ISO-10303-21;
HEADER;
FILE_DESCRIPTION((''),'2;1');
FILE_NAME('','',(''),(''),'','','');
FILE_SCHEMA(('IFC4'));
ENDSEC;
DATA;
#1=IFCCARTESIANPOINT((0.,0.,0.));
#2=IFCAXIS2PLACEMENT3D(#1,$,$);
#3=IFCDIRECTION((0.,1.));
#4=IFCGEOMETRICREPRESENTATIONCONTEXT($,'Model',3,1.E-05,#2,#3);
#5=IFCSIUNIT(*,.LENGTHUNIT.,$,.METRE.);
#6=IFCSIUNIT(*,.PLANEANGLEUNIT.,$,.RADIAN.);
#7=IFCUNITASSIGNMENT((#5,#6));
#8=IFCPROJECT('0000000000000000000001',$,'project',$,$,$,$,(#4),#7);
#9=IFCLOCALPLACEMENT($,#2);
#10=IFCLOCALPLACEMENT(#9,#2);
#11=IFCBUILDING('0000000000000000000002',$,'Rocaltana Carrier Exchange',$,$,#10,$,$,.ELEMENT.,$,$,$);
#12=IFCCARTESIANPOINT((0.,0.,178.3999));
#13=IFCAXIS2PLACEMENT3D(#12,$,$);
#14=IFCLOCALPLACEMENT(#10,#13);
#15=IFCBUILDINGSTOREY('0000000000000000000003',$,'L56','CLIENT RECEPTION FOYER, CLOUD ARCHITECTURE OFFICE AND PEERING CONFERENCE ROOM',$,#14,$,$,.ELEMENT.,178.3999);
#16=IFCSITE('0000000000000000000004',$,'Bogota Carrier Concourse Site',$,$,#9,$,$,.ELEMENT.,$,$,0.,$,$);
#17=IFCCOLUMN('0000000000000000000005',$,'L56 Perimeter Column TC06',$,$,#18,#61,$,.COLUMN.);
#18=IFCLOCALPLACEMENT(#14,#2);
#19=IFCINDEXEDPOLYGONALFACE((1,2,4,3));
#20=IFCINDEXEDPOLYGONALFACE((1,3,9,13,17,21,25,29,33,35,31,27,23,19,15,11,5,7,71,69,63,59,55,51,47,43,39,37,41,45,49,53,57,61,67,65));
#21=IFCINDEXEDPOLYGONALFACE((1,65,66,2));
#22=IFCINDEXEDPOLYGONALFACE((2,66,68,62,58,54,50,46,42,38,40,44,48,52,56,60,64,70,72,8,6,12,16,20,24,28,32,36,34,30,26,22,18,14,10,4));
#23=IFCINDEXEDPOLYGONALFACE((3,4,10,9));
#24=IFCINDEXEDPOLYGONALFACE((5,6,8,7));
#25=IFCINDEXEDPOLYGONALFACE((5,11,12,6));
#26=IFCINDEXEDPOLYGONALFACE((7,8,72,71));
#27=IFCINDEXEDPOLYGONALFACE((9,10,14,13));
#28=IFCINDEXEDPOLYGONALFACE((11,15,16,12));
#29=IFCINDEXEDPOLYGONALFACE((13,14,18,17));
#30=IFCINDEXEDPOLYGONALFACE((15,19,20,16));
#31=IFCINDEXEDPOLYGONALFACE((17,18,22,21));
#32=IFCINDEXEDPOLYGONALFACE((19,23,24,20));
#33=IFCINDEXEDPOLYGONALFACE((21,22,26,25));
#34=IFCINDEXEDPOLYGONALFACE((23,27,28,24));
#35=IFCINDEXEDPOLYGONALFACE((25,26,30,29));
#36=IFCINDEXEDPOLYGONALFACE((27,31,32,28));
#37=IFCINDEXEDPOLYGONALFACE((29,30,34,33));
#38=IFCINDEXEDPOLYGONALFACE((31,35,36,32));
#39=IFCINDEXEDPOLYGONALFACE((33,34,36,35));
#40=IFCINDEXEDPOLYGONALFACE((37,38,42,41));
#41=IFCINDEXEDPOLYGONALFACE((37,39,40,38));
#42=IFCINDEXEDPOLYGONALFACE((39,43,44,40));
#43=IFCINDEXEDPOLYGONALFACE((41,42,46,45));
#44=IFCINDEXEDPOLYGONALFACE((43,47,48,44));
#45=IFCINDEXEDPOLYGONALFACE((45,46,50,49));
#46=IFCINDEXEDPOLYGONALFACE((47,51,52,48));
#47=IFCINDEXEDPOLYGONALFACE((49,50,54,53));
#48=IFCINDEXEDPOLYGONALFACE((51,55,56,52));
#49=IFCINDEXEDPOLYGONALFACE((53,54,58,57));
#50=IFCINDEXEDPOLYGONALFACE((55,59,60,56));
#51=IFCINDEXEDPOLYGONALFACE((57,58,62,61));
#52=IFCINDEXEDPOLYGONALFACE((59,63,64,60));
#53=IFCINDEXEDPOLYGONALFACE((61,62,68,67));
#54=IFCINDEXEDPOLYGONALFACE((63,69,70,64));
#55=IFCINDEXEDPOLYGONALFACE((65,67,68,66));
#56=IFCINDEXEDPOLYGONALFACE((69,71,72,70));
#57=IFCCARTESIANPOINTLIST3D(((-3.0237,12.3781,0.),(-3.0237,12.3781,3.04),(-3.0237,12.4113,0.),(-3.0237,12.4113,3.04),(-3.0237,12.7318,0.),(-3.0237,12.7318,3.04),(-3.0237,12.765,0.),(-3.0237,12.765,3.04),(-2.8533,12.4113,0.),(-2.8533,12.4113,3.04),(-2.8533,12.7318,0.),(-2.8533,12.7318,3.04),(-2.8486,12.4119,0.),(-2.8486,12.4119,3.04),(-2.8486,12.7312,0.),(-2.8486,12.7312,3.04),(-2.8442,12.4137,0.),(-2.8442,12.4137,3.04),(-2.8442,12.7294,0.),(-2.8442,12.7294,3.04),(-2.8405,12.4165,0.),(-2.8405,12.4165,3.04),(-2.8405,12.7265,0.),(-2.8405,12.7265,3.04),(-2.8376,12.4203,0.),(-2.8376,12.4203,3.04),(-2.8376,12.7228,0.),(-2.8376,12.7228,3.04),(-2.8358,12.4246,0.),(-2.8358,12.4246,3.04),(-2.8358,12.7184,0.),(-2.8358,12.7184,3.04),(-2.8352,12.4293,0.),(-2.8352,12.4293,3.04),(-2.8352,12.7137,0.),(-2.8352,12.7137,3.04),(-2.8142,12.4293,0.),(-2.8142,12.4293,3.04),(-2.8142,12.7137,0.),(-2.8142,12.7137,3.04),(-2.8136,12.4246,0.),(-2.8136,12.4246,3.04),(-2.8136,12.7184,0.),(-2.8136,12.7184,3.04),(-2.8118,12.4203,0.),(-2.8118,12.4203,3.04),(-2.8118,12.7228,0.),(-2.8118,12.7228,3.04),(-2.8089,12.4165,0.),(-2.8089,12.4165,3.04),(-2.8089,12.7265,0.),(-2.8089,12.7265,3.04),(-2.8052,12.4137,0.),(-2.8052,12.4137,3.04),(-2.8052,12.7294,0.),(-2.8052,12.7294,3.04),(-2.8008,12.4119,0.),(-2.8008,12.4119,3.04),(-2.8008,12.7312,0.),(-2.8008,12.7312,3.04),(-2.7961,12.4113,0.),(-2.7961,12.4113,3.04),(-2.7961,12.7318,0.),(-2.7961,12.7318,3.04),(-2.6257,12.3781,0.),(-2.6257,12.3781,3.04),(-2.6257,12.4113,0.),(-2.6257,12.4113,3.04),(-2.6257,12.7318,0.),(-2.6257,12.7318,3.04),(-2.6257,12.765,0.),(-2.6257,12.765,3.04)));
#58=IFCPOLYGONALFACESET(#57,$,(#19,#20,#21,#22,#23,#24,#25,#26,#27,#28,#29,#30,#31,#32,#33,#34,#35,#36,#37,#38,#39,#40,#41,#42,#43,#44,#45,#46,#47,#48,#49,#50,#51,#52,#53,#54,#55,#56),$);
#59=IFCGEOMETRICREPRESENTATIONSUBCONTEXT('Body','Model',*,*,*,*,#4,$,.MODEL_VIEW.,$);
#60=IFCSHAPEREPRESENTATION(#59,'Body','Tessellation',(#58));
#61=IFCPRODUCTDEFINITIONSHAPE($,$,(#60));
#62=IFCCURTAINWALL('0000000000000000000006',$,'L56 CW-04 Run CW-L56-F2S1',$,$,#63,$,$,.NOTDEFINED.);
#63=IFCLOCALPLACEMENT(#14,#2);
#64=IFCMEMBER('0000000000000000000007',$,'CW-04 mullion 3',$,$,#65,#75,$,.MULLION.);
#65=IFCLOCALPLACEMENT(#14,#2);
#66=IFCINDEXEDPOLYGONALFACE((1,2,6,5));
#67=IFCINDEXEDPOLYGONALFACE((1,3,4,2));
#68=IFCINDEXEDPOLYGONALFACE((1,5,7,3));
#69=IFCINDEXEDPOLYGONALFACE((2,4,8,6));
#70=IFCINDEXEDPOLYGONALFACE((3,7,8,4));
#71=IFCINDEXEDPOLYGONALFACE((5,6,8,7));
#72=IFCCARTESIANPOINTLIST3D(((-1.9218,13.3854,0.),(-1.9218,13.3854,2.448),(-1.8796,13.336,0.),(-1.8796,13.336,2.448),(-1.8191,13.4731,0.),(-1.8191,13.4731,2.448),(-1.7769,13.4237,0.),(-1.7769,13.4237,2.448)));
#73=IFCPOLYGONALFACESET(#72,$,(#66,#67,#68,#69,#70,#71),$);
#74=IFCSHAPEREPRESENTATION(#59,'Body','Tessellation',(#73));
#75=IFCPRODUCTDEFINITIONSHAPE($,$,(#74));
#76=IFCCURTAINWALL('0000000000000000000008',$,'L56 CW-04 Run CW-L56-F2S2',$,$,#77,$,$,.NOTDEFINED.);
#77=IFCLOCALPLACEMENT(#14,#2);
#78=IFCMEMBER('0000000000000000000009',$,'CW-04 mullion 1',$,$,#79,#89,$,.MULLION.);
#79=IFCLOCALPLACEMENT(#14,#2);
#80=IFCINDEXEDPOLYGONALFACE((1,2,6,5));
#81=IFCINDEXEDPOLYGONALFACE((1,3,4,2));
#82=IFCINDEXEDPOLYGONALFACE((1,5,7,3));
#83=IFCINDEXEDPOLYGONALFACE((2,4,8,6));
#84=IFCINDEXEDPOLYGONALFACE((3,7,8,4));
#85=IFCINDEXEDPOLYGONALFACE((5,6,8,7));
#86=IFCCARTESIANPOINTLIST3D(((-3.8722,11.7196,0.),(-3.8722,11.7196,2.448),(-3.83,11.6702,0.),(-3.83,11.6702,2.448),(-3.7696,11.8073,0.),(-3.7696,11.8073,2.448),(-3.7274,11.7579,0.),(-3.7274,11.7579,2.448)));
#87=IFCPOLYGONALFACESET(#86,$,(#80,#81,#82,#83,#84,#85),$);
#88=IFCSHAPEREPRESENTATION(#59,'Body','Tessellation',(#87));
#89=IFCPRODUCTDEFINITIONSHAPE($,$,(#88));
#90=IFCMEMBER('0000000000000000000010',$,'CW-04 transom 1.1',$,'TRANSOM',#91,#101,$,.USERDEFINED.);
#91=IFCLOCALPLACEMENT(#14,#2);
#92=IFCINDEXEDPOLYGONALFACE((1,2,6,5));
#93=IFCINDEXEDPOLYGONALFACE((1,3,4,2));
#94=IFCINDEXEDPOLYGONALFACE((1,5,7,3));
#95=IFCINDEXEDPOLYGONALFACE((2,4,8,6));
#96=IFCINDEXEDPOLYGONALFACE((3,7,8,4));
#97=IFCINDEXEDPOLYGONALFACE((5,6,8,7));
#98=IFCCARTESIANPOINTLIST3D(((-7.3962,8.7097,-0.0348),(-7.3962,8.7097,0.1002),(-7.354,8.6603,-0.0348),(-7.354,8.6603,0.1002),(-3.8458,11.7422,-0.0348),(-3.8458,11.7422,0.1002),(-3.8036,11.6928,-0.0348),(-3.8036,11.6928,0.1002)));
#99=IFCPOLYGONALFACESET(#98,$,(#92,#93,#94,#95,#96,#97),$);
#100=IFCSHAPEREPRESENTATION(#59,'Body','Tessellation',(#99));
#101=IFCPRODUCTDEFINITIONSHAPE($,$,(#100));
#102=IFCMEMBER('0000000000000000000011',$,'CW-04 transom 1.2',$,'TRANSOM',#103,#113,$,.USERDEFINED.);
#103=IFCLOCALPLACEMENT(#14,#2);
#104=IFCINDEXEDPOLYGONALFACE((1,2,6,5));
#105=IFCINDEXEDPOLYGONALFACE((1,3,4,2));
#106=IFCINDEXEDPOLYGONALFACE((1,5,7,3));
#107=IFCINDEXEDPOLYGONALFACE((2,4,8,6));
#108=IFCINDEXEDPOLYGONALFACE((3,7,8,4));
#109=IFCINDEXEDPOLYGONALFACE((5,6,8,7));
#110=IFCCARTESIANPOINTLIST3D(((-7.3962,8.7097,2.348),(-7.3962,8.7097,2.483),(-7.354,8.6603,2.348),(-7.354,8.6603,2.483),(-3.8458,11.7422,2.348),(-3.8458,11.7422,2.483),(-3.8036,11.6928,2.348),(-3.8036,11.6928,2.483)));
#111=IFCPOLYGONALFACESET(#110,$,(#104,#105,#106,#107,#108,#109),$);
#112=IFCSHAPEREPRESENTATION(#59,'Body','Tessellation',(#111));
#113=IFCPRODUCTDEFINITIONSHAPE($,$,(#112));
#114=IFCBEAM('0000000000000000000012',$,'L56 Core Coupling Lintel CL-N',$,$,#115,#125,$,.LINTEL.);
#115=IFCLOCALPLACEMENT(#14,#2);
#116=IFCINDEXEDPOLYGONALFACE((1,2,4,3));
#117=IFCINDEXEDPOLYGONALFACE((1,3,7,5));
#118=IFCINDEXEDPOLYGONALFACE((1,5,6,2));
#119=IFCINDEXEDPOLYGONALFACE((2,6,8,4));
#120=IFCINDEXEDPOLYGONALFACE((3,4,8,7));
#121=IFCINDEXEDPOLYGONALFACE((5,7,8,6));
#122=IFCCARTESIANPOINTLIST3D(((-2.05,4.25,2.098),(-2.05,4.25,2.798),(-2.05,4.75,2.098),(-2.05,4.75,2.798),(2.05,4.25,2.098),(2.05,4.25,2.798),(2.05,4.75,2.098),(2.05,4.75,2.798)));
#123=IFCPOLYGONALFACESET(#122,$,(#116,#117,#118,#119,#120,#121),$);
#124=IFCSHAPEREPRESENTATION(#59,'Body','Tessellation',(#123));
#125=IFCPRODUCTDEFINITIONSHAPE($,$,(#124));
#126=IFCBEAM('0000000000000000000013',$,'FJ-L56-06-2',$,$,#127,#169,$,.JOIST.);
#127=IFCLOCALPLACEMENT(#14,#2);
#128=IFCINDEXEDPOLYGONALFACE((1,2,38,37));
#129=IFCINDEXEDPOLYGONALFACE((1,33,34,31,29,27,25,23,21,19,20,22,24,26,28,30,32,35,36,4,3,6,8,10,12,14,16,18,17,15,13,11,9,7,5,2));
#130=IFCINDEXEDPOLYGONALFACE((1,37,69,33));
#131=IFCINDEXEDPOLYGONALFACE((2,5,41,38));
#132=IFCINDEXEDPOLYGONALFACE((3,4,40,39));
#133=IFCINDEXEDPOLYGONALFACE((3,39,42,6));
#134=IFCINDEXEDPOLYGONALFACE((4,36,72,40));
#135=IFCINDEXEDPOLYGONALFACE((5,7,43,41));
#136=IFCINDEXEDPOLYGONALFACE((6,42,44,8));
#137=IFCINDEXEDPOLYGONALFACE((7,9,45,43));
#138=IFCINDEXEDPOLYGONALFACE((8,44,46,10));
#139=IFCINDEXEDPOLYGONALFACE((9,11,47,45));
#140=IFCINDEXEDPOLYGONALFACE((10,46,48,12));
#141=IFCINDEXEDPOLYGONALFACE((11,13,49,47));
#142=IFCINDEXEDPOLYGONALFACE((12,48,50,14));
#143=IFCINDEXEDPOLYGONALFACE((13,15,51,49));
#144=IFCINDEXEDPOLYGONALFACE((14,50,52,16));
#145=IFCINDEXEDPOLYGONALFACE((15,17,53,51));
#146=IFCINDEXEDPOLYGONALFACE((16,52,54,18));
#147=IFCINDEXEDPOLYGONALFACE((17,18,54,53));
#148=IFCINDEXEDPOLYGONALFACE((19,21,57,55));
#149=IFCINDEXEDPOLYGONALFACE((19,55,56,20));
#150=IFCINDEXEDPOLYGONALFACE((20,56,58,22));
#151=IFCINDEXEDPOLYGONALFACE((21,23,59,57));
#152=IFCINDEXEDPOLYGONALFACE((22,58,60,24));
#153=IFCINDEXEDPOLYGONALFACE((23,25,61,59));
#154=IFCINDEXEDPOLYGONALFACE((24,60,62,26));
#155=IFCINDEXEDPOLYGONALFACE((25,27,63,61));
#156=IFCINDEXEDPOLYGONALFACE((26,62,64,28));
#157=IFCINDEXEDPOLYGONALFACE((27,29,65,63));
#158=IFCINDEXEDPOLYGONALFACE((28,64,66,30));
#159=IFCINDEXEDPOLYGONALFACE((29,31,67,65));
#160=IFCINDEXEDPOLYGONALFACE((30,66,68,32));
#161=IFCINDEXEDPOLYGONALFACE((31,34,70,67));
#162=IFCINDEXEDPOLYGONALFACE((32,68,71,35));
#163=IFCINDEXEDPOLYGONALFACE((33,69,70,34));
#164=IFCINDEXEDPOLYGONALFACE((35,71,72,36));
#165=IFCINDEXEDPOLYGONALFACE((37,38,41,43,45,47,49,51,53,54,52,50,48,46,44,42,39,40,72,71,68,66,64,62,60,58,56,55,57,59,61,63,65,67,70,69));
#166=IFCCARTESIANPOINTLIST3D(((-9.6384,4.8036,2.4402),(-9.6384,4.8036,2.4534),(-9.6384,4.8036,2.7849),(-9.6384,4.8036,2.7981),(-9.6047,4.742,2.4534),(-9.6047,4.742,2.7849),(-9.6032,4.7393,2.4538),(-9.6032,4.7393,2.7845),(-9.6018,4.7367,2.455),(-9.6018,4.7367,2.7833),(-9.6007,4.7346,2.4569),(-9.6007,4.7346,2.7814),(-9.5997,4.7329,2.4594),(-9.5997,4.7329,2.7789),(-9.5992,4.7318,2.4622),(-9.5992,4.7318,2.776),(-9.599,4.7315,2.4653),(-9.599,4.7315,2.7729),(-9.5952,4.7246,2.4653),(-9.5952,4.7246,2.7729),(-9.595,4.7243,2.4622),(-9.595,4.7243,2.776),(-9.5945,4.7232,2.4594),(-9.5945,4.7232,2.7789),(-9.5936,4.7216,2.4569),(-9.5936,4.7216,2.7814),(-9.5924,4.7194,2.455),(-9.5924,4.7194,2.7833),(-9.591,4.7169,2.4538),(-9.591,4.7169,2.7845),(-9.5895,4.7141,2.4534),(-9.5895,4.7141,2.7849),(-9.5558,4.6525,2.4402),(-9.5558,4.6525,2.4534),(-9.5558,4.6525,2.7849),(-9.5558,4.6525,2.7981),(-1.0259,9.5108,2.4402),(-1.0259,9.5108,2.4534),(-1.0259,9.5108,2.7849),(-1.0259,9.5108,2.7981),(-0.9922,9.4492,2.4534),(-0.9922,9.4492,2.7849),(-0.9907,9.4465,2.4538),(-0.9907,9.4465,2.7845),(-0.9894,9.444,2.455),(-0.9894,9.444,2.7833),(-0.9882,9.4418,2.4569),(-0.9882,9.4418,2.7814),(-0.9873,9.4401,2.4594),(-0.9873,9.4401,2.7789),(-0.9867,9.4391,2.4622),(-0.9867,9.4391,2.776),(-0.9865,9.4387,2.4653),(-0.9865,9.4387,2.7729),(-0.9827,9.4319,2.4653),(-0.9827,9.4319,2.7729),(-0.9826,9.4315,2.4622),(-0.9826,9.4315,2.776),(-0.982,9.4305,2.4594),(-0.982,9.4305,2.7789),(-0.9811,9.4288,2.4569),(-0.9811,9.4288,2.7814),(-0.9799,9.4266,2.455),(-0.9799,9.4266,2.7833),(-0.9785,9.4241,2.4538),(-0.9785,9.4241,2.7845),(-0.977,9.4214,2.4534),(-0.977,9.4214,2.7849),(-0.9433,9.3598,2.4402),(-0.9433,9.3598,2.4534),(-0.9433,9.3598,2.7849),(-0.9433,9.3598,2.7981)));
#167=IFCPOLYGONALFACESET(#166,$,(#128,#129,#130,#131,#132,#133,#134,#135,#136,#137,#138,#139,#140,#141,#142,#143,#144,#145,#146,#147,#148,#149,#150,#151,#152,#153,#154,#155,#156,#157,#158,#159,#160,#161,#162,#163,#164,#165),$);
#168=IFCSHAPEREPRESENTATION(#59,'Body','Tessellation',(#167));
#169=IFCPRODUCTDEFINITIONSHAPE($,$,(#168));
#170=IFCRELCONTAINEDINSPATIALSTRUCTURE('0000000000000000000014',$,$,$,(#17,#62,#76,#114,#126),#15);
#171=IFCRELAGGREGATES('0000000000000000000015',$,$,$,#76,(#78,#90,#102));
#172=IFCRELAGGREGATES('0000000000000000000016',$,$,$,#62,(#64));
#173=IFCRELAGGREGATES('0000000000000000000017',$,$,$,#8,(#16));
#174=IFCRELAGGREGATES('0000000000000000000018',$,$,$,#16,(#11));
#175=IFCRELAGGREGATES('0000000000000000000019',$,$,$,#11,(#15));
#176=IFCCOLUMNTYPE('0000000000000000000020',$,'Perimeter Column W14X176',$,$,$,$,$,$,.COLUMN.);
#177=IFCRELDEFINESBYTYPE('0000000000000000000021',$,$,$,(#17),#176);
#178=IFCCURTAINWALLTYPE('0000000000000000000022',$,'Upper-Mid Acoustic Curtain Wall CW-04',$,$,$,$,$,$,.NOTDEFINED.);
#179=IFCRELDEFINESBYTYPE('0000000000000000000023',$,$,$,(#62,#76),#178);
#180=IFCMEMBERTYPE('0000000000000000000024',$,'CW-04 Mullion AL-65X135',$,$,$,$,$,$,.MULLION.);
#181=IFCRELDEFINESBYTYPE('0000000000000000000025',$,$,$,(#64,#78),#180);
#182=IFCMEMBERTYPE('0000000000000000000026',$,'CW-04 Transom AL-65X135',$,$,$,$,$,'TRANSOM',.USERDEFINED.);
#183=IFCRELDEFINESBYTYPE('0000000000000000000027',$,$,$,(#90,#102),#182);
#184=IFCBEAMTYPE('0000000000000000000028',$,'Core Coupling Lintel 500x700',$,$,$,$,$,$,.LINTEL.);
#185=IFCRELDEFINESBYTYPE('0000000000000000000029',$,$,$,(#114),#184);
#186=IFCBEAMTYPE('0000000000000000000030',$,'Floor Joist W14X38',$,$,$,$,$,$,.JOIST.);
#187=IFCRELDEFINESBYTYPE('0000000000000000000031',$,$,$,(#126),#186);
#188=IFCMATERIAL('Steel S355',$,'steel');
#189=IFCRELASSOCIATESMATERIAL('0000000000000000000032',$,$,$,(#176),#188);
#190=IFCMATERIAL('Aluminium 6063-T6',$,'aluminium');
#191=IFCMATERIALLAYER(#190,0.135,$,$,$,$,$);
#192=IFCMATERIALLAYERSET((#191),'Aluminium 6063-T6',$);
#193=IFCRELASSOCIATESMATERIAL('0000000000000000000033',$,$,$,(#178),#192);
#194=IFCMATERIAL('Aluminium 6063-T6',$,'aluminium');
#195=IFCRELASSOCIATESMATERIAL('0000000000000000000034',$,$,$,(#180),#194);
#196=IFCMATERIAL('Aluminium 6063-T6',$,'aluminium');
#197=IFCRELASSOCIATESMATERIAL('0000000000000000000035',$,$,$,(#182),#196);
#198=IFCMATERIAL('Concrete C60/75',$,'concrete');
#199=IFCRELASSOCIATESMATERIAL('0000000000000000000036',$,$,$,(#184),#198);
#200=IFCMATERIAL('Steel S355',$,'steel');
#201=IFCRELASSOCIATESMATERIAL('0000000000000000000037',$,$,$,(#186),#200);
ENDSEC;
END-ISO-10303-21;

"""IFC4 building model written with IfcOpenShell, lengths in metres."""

from ifc_helpers import new_model, si_unit, direction, frame, origin, origin_2d, place, context, subcontext, project, spatial, rectangle, i_section, extrude, material, layer, layer_set, material_profile, profile_set, type_object, element, aggregate, save


model = new_model("IFC4")

# Units and contexts
model_context = context("Model", 3, precision=1e-05, world=origin(), true_north=direction((0.0, 1.0)))
body_context = subcontext(model_context, "Body", "Model", "MODEL_VIEW")
ifc_project = project(units=[si_unit("LENGTHUNIT", "METRE"), si_unit("PLANEANGLEUNIT", "RADIAN")], contexts=[model_context])

# Site, building, storey
site_placement = place(None, origin())
site = spatial("IfcSite", under=ifc_project, at=site_placement, Name="Bogota Carrier Concourse Site", CompositionType="ELEMENT", RefElevation=0.0)
building_placement = place(site_placement, origin())
building = spatial("IfcBuilding", under=site, at=building_placement, Name="Rocaltana Carrier Exchange", CompositionType="ELEMENT")
storey_placement = place(building_placement, frame((0.0, 0.0, 178.3999)))
storey = spatial("IfcBuildingStorey", under=building, at=storey_placement, Name="L56", Description="CLIENT RECEPTION FOYER, CLOUD ARCHITECTURE OFFICE AND PEERING CONFERENCE ROOM", CompositionType="ELEMENT", Elevation=178.3999)

# Column
ifc_material_1 = material(Name="Steel S355", Category="steel")
ifc_material_profile_1 = material_profile(ifc_material_1, i_section(OverallWidth=0.3979, OverallDepth=0.387, WebThickness=0.021, FlangeThickness=0.0332, FilletRadius=0.0181, at=origin_2d()), Name="W14X176")
ifc_profile_set_1 = profile_set([ifc_material_profile_1], Name="Steel S355")
column_type = type_object("IfcColumnType", Name="Perimeter Column W14X176", PredefinedType="COLUMN", material=ifc_profile_set_1)
column_placement = place(storey_placement, frame((-2.8247, 12.5715, 0.0), z_axis=(0.0, 0.0, 1.0), x_axis=(1.0, 0.0, 0.0)))
element("IfcColumn", 1, at=column_placement, inside=storey, type_object=column_type, Name="L56 Perimeter Column TC06", PredefinedType="COLUMN", context=body_context, shape_type="SweptSolid", body=[
    extrude(i_section(OverallWidth=0.3979, OverallDepth=0.387, WebThickness=0.021, FlangeThickness=0.0332, FilletRadius=0.0181, at=origin_2d()), origin(), (0.0, 0.0, 1.0), 3.04),
])

# Curtain wall, member
ifc_material_2 = material(Name="Aluminium 6063-T6", Category="aluminium")
ifc_layer_1 = layer(ifc_material_2, 0.135)
ifc_layer_set_1 = layer_set([ifc_layer_1], Name="Aluminium 6063-T6")
curtain_wall_type = type_object("IfcCurtainWallType", Name="Upper-Mid Acoustic Curtain Wall CW-04", PredefinedType="NOTDEFINED", material=ifc_layer_set_1)
curtain_wall_1_placement = place(storey_placement, origin())
curtain_wall_1 = element("IfcCurtainWall", 2, at=curtain_wall_1_placement, inside=storey, type_object=curtain_wall_type, Name="L56 CW-04 Run CW-L56-F2S1", PredefinedType="NOTDEFINED")
ifc_material_3 = material(Name="Aluminium 6063-T6", Category="aluminium")
ifc_material_profile_2 = material_profile(ifc_material_3, rectangle(XDim=0.0649, YDim=0.135, at=origin_2d()), Name="AL-65X135")
ifc_profile_set_2 = profile_set([ifc_material_profile_2], Name="Aluminium 6063-T6")
member_type_1 = type_object("IfcMemberType", Name="CW-04 Mullion AL-65X135", PredefinedType="MULLION", material=ifc_profile_set_2)
member_1_placement = place(storey_placement, frame((-1.8494, 13.4045, 0.0), z_axis=(0.0, 0.0, 1.0), x_axis=(0.649448, -0.760406, 0.0)))
member_1 = element("IfcMember", 3, at=member_1_placement, type_object=member_type_1, Name="CW-04 mullion 3", PredefinedType="MULLION", context=body_context, shape_type="SweptSolid", body=[
    extrude(rectangle(XDim=0.0649, YDim=0.135, at=origin_2d()), origin(), (0.0, 0.0, 1.0), 2.448),
])

# Curtain wall, members
curtain_wall_2_placement = place(storey_placement, origin())
curtain_wall_2 = element("IfcCurtainWall", 4, at=curtain_wall_2_placement, inside=storey, type_object=curtain_wall_type, Name="L56 CW-04 Run CW-L56-F2S2", PredefinedType="NOTDEFINED")
member_2_placement = place(storey_placement, frame((-3.7998, 11.7388, 0.0), z_axis=(0.0, 0.0, 1.0), x_axis=(0.649454, -0.760401, 0.0)))
member_2 = element("IfcMember", 5, at=member_2_placement, type_object=member_type_1, Name="CW-04 mullion 1", PredefinedType="MULLION", context=body_context, shape_type="SweptSolid", body=[
    extrude(rectangle(XDim=0.0649, YDim=0.135, at=origin_2d()), origin(), (0.0, 0.0, 1.0), 2.448),
])
ifc_material_4 = material(Name="Aluminium 6063-T6", Category="aluminium")
ifc_material_profile_3 = material_profile(ifc_material_4, rectangle(XDim=0.0649, YDim=0.135, at=origin_2d()), Name="AL-65X135")
ifc_profile_set_3 = profile_set([ifc_material_profile_3], Name="Aluminium 6063-T6")
member_type_2 = type_object("IfcMemberType", Name="CW-04 Transom AL-65X135", ElementType="TRANSOM", PredefinedType="USERDEFINED", material=ifc_profile_set_3)
member_3_placement = place(storey_placement, frame((-3.8247, 11.7175, 0.0327), z_axis=(-0.760381, -0.649477, 0.0), x_axis=(0.649477, -0.760381, 0.0)))
member_3 = element("IfcMember", 6, at=member_3_placement, type_object=member_type_2, Name="CW-04 transom 1.1", ObjectType="TRANSOM", PredefinedType="USERDEFINED", context=body_context, shape_type="SweptSolid", body=[
    extrude(rectangle(XDim=0.0649, YDim=0.135, at=origin_2d()), origin(), (0.0, 0.0, 1.0), 4.6692),
])
member_4_placement = place(storey_placement, frame((-3.8247, 11.7175, 2.4155), z_axis=(-0.760381, -0.649477, 0.0), x_axis=(0.649477, -0.760381, 0.0)))
member_4 = element("IfcMember", 7, at=member_4_placement, type_object=member_type_2, Name="CW-04 transom 1.2", ObjectType="TRANSOM", PredefinedType="USERDEFINED", context=body_context, shape_type="SweptSolid", body=[
    extrude(rectangle(XDim=0.0649, YDim=0.135, at=origin_2d()), origin(), (0.0, 0.0, 1.0), 4.6692),
])
aggregate(curtain_wall_2, [member_2, member_3, member_4])

# Beams
ifc_material_5 = material(Name="Concrete C60/75", Category="concrete")
ifc_material_profile_4 = material_profile(ifc_material_5, rectangle(XDim=0.5, YDim=0.7, at=origin_2d()), Name="RC-BM-500X700")
ifc_profile_set_4 = profile_set([ifc_material_profile_4], Name="Concrete C60/75")
beam_type_1 = type_object("IfcBeamType", Name="Core Coupling Lintel 500x700", PredefinedType="LINTEL", material=ifc_profile_set_4)
beam_1_placement = place(storey_placement, frame((-2.05, 4.5, 2.448), z_axis=(1.0, 0.0, 0.0), x_axis=(0.0, 1.0, 0.0)))
element("IfcBeam", 8, at=beam_1_placement, inside=storey, type_object=beam_type_1, Name="L56 Core Coupling Lintel CL-N", PredefinedType="LINTEL", context=body_context, shape_type="SweptSolid", body=[
    extrude(rectangle(XDim=0.5, YDim=0.7, at=origin_2d()), origin(), (0.0, 0.0, 1.0), 4.1001),
])
ifc_material_6 = material(Name="Steel S355", Category="steel")
ifc_material_profile_5 = material_profile(ifc_material_6, i_section(OverallWidth=0.1721, OverallDepth=0.3579, WebThickness=0.0078, FlangeThickness=0.0132, FilletRadius=0.012, at=origin_2d()), Name="W14X38")
ifc_profile_set_5 = profile_set([ifc_material_profile_5], Name="Steel S355")
beam_type_2 = type_object("IfcBeamType", Name="Floor Joist W14X38", PredefinedType="JOIST", material=ifc_profile_set_5)
beam_2_placement = place(storey_placement, frame((-0.9846, 9.4353, 2.6191), z_axis=(-0.877487, -0.4796, 0.0), x_axis=(0.4796, -0.877487, 0.0)))
element("IfcBeam", 9, at=beam_2_placement, inside=storey, type_object=beam_type_2, Name="FJ-L56-06-2", PredefinedType="JOIST", context=body_context, shape_type="SweptSolid", body=[
    extrude(i_section(OverallWidth=0.1721, OverallDepth=0.3579, WebThickness=0.0078, FlangeThickness=0.0132, FilletRadius=0.012, at=origin_2d()), origin(), (0.0, 0.0, 1.0), 9.8149),
])

aggregate(curtain_wall_1, [member_1])

save(model, "model.ifc")
